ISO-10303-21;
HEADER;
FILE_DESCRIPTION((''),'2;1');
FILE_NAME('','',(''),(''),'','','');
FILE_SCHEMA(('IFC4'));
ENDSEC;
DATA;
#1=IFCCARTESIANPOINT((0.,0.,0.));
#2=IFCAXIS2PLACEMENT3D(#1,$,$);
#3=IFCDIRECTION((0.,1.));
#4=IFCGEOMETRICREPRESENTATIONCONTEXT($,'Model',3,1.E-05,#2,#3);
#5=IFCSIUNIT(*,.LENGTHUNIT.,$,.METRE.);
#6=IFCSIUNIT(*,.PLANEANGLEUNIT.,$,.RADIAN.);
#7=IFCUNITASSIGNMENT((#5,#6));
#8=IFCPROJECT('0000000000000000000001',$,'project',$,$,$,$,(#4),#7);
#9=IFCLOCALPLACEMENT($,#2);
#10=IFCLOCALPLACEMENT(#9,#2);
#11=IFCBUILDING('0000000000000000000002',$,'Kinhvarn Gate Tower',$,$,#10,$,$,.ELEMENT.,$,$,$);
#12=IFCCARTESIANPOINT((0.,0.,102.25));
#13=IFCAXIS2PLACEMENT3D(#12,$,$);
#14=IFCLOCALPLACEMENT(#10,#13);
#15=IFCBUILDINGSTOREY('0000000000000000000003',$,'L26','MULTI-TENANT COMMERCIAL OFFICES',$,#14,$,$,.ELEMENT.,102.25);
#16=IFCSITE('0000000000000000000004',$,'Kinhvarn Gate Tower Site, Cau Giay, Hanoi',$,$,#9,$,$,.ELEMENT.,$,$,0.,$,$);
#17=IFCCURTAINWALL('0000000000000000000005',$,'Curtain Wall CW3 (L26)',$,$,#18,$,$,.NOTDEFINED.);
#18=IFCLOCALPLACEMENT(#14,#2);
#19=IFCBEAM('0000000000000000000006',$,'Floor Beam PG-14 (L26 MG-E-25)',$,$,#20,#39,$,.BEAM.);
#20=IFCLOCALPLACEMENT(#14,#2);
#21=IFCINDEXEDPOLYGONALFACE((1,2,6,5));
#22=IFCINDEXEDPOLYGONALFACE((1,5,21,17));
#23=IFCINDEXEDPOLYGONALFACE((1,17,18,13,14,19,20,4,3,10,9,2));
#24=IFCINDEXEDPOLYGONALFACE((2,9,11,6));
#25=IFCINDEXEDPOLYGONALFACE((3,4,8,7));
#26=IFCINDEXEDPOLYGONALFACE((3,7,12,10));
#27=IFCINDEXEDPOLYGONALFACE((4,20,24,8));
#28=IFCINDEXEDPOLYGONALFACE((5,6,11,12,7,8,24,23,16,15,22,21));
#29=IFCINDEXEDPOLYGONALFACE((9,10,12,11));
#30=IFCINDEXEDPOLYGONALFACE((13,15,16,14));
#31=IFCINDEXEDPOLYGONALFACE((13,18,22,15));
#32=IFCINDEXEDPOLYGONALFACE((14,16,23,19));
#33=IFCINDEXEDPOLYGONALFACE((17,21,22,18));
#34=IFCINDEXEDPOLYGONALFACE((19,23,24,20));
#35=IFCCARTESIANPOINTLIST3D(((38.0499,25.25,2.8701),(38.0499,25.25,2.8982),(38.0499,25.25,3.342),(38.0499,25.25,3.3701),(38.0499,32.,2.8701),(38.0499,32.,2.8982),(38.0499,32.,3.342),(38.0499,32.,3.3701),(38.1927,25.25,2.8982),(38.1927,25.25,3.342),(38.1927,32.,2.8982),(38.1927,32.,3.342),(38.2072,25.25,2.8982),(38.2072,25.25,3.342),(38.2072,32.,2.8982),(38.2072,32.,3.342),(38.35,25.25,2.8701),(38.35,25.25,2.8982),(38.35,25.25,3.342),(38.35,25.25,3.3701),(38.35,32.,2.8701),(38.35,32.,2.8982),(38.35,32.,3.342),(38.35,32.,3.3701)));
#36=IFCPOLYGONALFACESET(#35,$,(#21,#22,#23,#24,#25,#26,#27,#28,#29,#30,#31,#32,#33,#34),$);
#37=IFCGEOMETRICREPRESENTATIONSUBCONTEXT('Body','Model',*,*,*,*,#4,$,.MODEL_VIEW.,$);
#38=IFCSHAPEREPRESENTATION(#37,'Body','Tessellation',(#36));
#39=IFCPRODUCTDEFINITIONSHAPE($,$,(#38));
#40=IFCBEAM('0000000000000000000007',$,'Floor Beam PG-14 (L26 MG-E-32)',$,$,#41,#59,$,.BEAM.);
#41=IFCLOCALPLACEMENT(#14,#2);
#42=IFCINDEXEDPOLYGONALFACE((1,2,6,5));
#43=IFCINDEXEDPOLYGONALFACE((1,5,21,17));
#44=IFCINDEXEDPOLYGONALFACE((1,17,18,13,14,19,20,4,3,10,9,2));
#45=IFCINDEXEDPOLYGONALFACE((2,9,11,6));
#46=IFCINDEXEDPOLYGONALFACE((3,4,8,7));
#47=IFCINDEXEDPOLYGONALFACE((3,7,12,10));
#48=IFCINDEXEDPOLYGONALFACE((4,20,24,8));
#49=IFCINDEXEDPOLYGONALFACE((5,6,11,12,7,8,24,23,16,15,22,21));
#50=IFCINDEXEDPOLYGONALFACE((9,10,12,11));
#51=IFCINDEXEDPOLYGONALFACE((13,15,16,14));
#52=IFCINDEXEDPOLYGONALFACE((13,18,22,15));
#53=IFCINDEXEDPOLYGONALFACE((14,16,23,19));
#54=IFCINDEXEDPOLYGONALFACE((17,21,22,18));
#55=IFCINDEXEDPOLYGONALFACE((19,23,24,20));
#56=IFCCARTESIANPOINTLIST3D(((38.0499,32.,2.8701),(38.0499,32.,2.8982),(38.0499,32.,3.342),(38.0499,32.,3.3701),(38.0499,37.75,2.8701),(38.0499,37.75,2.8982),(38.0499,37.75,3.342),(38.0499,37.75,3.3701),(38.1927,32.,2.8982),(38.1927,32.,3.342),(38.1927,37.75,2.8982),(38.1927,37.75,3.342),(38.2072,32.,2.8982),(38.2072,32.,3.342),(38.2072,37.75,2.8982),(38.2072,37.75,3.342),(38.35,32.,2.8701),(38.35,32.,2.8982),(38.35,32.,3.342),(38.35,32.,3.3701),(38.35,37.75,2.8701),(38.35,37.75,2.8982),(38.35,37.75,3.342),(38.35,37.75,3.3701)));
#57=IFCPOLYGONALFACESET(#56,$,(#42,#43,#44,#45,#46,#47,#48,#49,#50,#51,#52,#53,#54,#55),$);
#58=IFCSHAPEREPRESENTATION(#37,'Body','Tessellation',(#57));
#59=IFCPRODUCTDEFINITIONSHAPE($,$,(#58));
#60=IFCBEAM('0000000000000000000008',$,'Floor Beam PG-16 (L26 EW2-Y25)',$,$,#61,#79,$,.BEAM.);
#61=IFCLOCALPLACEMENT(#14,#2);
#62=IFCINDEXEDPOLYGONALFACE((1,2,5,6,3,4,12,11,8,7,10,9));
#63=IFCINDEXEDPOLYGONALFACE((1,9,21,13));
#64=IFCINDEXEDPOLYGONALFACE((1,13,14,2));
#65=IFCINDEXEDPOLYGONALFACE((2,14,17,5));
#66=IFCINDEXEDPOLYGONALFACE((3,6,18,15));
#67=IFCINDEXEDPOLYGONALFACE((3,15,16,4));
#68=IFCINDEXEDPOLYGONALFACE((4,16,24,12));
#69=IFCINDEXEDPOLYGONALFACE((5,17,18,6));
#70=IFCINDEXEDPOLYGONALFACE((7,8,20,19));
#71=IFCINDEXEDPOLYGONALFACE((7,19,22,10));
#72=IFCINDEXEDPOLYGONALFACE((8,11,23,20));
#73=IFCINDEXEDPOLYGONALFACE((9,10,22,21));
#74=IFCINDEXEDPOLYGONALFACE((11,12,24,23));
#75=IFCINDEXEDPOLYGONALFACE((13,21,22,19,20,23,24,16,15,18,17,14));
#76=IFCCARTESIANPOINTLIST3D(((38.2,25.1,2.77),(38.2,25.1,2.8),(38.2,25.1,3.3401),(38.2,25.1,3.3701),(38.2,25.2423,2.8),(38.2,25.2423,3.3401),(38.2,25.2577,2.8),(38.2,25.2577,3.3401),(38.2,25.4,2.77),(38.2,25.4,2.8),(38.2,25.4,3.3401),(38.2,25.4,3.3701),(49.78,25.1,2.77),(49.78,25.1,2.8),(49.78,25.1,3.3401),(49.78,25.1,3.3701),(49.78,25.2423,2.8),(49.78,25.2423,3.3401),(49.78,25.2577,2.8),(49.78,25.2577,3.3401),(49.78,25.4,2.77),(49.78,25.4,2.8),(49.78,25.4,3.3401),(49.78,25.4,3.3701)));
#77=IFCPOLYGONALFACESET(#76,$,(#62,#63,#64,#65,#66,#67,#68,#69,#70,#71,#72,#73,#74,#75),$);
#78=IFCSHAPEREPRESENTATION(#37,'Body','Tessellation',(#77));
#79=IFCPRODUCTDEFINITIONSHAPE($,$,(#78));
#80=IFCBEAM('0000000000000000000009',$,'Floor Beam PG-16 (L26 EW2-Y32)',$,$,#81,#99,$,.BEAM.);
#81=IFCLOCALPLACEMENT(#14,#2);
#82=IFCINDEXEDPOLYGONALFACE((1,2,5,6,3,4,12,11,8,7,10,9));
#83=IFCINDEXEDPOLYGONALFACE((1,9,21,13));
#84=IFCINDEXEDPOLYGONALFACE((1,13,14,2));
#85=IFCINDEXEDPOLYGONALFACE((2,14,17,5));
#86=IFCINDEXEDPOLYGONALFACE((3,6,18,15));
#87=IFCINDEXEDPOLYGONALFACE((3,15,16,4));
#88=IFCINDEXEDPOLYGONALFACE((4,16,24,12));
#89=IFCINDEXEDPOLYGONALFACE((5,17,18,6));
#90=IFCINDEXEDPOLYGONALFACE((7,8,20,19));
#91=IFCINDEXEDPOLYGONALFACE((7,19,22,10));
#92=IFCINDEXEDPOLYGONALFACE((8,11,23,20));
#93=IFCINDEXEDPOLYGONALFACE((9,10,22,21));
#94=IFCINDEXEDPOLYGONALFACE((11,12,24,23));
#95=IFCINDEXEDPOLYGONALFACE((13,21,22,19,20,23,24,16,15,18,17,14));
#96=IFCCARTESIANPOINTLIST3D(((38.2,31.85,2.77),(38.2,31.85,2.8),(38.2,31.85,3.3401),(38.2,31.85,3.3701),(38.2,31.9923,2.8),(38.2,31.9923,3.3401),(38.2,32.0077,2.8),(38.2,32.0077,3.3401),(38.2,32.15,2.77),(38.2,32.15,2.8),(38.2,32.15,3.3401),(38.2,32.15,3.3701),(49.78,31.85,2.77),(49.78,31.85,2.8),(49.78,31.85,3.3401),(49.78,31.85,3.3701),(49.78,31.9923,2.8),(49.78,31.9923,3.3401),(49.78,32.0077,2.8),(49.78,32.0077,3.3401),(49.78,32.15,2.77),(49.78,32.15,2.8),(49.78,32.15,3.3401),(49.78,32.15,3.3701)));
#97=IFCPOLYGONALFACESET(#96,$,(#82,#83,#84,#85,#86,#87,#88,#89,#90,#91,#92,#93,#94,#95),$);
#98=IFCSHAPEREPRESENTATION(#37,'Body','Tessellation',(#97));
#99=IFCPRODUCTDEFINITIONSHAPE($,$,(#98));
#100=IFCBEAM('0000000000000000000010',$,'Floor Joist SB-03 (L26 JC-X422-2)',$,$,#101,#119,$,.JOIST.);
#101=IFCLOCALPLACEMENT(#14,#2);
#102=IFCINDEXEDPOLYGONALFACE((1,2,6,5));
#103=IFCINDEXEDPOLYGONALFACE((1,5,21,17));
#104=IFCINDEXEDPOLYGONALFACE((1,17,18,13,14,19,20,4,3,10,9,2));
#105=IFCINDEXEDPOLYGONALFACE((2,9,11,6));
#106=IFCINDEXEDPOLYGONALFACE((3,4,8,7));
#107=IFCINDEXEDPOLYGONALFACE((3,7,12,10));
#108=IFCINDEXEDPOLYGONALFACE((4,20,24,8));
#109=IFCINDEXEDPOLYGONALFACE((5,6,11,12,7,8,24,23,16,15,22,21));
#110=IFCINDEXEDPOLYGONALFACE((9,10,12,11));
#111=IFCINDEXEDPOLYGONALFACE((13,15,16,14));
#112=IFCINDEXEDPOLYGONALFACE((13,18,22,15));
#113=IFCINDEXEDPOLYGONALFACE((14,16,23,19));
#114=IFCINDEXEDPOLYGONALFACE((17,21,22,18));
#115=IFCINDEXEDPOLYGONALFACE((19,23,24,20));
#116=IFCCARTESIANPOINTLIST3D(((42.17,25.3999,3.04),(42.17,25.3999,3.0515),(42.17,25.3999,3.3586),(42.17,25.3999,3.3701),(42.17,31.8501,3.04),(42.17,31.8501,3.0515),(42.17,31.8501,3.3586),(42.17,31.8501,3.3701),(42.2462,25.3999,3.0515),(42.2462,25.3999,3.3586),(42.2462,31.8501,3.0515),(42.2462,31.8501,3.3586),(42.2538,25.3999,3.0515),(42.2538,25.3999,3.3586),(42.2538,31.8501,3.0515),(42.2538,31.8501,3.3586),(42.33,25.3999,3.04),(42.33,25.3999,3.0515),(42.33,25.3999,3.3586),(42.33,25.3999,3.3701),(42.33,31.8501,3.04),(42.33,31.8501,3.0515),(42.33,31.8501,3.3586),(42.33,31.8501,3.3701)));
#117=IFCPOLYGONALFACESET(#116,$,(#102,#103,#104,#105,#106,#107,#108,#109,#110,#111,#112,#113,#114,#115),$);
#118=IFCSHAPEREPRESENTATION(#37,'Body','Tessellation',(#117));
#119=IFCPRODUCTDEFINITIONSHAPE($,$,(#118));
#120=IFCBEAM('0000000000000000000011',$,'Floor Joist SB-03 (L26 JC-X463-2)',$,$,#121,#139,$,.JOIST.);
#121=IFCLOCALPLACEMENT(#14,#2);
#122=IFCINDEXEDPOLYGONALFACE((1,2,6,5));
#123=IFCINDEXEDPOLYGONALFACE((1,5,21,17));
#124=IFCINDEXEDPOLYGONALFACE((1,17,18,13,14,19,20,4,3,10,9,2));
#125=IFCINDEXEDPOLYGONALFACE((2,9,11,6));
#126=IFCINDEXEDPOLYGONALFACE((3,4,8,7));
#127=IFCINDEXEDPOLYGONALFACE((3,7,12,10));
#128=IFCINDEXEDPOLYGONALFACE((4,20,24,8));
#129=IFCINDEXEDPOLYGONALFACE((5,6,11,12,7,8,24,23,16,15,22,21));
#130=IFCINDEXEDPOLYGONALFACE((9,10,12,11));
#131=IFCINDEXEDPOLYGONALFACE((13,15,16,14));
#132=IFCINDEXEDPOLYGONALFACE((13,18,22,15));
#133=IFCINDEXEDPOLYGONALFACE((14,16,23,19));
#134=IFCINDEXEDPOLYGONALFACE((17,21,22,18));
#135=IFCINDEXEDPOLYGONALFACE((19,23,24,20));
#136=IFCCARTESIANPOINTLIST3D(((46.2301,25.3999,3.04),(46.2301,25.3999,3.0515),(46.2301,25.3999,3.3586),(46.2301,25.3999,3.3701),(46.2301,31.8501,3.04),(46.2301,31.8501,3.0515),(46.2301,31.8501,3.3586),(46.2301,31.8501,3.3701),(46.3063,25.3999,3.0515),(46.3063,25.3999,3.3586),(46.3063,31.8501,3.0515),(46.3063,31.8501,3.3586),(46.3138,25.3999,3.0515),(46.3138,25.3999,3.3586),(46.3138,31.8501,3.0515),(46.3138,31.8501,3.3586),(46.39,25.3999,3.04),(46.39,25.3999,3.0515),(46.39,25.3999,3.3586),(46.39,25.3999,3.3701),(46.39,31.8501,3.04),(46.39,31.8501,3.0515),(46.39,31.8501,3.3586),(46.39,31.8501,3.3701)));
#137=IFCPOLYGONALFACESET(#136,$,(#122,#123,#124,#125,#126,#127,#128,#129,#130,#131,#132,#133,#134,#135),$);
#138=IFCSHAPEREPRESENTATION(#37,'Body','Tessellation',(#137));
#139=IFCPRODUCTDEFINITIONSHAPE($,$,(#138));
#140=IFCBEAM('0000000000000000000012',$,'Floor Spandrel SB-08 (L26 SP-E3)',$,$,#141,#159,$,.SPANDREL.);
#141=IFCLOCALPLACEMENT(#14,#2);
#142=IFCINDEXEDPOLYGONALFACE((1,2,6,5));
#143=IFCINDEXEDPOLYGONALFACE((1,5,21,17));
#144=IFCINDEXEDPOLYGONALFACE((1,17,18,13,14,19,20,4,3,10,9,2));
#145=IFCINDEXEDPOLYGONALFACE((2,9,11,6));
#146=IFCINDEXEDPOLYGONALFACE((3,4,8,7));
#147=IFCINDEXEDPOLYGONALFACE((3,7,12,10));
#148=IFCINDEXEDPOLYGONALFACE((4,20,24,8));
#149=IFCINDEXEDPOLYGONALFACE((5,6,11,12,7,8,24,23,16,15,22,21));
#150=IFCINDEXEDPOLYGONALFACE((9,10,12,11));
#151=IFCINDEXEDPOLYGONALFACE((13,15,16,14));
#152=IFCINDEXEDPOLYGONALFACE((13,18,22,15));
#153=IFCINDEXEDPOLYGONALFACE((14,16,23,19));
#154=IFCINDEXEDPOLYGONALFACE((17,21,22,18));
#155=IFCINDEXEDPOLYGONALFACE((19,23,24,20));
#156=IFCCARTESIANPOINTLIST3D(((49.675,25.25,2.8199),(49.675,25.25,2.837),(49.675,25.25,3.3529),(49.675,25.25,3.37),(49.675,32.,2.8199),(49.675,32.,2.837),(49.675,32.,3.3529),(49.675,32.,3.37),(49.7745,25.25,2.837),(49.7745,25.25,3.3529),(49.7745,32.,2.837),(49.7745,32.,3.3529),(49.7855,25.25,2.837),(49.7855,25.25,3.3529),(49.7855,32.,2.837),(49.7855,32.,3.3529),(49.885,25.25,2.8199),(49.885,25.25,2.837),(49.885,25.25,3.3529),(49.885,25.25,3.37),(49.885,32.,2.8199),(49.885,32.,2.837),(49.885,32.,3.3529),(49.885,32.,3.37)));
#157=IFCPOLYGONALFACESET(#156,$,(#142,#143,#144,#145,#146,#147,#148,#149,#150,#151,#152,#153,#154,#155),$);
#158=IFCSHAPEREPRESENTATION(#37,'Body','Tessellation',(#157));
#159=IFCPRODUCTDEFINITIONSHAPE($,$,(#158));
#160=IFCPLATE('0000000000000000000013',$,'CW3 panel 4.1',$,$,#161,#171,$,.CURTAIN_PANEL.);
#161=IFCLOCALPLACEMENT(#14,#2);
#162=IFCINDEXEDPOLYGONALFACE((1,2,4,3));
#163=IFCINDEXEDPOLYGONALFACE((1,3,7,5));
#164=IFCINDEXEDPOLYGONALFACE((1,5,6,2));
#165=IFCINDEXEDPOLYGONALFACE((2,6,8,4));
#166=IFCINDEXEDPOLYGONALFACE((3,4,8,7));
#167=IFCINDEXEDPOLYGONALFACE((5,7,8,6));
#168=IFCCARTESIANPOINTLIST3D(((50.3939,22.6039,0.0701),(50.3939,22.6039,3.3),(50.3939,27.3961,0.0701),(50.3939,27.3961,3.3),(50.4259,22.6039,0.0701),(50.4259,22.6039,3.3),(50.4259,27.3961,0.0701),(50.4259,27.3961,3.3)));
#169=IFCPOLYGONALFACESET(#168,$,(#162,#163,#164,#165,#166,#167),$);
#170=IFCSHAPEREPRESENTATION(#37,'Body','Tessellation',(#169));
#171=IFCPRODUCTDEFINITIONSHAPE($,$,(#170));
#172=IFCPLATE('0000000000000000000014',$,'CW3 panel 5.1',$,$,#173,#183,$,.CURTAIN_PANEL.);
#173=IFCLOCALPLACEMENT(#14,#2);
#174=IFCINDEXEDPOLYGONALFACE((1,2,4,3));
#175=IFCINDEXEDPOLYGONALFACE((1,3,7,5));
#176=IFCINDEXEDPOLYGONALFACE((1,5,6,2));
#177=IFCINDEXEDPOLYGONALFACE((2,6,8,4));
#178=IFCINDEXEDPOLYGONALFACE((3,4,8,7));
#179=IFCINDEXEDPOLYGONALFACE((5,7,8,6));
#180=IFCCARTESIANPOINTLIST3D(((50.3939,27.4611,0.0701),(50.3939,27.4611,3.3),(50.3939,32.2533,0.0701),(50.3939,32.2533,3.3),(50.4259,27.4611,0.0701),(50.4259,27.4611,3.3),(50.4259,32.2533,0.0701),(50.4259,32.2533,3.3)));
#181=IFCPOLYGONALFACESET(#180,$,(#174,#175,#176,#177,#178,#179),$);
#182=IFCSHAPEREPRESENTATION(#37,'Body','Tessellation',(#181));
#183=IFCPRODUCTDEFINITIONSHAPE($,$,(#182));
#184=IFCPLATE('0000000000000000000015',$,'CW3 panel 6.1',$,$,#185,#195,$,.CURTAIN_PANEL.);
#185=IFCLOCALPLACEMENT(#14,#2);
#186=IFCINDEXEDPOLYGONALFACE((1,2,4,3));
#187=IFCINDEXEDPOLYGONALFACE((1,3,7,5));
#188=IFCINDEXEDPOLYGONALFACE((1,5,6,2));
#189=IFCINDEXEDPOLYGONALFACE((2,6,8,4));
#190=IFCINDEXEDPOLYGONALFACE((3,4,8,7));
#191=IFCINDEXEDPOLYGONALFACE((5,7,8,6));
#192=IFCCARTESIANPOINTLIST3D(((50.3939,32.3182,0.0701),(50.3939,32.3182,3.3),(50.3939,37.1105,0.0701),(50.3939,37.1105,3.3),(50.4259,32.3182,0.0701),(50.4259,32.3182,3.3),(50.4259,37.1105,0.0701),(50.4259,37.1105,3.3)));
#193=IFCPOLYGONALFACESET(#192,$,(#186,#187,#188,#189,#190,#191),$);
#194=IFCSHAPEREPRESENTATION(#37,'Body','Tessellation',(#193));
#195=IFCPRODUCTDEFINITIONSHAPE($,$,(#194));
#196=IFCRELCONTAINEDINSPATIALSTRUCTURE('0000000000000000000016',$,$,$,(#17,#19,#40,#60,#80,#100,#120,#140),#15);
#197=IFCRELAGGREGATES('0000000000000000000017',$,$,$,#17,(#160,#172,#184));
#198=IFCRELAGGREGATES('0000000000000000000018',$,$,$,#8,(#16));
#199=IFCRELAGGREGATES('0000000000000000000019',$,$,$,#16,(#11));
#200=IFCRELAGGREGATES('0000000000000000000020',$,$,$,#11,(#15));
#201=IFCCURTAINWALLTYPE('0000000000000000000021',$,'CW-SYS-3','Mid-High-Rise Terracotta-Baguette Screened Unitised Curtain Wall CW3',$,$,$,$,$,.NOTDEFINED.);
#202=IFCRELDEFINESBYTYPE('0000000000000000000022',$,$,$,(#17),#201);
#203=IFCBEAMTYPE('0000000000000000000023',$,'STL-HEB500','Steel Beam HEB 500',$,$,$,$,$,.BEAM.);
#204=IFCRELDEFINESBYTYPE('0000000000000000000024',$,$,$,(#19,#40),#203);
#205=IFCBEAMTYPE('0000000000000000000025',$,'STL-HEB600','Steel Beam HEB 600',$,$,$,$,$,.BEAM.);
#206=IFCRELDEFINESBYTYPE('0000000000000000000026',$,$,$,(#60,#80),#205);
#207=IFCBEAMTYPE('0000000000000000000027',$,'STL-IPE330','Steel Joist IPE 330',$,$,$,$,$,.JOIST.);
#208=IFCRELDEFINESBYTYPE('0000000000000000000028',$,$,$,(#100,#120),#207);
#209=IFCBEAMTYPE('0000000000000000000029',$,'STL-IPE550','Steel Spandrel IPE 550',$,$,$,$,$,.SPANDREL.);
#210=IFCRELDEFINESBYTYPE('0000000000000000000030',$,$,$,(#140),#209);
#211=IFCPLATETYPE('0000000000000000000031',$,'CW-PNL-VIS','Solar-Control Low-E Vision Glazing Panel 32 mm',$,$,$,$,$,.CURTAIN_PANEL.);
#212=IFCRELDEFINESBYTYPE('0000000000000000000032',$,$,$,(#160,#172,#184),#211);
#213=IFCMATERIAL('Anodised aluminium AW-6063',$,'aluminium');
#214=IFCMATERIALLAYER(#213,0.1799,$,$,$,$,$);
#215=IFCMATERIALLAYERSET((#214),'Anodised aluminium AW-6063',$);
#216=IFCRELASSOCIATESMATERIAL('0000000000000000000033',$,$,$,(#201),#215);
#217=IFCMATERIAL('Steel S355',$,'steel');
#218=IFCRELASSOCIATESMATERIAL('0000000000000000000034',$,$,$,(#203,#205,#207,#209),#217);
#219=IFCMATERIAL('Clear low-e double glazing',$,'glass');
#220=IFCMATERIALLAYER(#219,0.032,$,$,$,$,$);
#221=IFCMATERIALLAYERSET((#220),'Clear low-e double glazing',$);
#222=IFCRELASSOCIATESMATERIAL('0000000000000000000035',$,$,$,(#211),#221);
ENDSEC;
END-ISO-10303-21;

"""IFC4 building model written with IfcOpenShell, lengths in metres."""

from ifc_helpers import new_model, si_unit, direction, frame, origin, origin_2d, place, context, subcontext, project, spatial, rectangle, i_section, extrude, material, layer, layer_set, material_profile, profile_set, type_object, element, aggregate, save


model = new_model("IFC4")

# Units and contexts
model_context = context("Model", 3, precision=1e-05, world=origin(), true_north=direction((0.0, 1.0)))
body_context = subcontext(model_context, "Body", "Model", "MODEL_VIEW")
ifc_project = project(units=[si_unit("LENGTHUNIT", "METRE"), si_unit("PLANEANGLEUNIT", "RADIAN")], contexts=[model_context])

# Site, building, storey
site_placement = place(None, origin())
site = spatial("IfcSite", under=ifc_project, at=site_placement, Name="Kinhvarn Gate Tower Site, Cau Giay, Hanoi", CompositionType="ELEMENT", RefElevation=0.0)
building_placement = place(site_placement, origin())
building = spatial("IfcBuilding", under=site, at=building_placement, Name="Kinhvarn Gate Tower", CompositionType="ELEMENT")
storey_placement = place(building_placement, frame((0.0, 0.0, 102.25)))
storey = spatial("IfcBuildingStorey", under=building, at=storey_placement, Name="L26", Description="MULTI-TENANT COMMERCIAL OFFICES", CompositionType="ELEMENT", Elevation=102.25)

# Curtain wall
ifc_material_1 = material(Name="Anodised aluminium AW-6063", Category="aluminium")
ifc_layer_1 = layer(ifc_material_1, 0.1799)
ifc_layer_set_1 = layer_set([ifc_layer_1], Name="Anodised aluminium AW-6063")
curtain_wall_type = type_object("IfcCurtainWallType", Name="CW-SYS-3", Description="Mid-High-Rise Terracotta-Baguette Screened Unitised Curtain Wall CW3", PredefinedType="NOTDEFINED", material=ifc_layer_set_1)
curtain_wall_placement = place(storey_placement, origin())
curtain_wall = element("IfcCurtainWall", 1, at=curtain_wall_placement, inside=storey, type_object=curtain_wall_type, Name="Curtain Wall CW3 (L26)", PredefinedType="NOTDEFINED")

# Beams
ifc_material_2 = material(Name="Steel S355", Category="steel")
ifc_material_profile_1 = material_profile(ifc_material_2, i_section(OverallWidth=0.3, OverallDepth=0.5, WebThickness=0.0144, FlangeThickness=0.0281, at=origin_2d()), Name="HEB 500")
ifc_profile_set_1 = profile_set([ifc_material_profile_1], Name="Steel S355")
beam_type_1 = type_object("IfcBeamType", Name="STL-HEB500", Description="Steel Beam HEB 500", PredefinedType="BEAM", material=ifc_profile_set_1)
beam_1_placement = place(storey_placement, frame((38.2, 25.25, 3.1201), z_axis=(0.0, 1.0, 0.0), x_axis=(-1.0, 0.0, 0.0)))
element("IfcBeam", 2, at=beam_1_placement, inside=storey, type_object=beam_type_1, Name="Floor Beam PG-14 (L26 MG-E-25)", PredefinedType="BEAM", context=body_context, shape_type="SweptSolid", body=[
    extrude(i_section(OverallWidth=0.3, OverallDepth=0.5, WebThickness=0.0144, FlangeThickness=0.0281, at=origin_2d()), origin(), (0.0, 0.0, 1.0), 6.75),
])
beam_2_placement = place(storey_placement, frame((38.2, 32.0, 3.1201), z_axis=(0.0, 1.0, 0.0), x_axis=(-1.0, 0.0, 0.0)))
element("IfcBeam", 3, at=beam_2_placement, inside=storey, type_object=beam_type_1, Name="Floor Beam PG-14 (L26 MG-E-32)", PredefinedType="BEAM", context=body_context, shape_type="SweptSolid", body=[
    extrude(i_section(OverallWidth=0.3, OverallDepth=0.5, WebThickness=0.0144, FlangeThickness=0.0281, at=origin_2d()), origin(), (0.0, 0.0, 1.0), 5.75),
])
ifc_material_profile_2 = material_profile(ifc_material_2, i_section(OverallWidth=0.3, OverallDepth=0.6001, WebThickness=0.0154, FlangeThickness=0.03, at=origin_2d()), Name="HEB 600")
ifc_profile_set_2 = profile_set([ifc_material_profile_2], Name="Steel S355")
beam_type_2 = type_object("IfcBeamType", Name="STL-HEB600", Description="Steel Beam HEB 600", PredefinedType="BEAM", material=ifc_profile_set_2)
for number, where, z_axis, x_axis, name in (
    (4, (38.2, 25.25, 3.0701), (1.0, 0.0, 0.0), (0.0, 1.0, 0.0), "Floor Beam PG-16 (L26 EW2-Y25)"),
    (5, (38.2, 32.0, 3.0701), (1.0, 0.0, 0.0), (0.0, 1.0, 0.0), "Floor Beam PG-16 (L26 EW2-Y32)"),
):
    element("IfcBeam", number, at=place(storey_placement, frame(where, z_axis=z_axis, x_axis=x_axis)), inside=storey, type_object=beam_type_2, Name=name, PredefinedType="BEAM", context=body_context, shape_type="SweptSolid", body=[
        extrude(i_section(OverallWidth=0.3, OverallDepth=0.6001, WebThickness=0.0154, FlangeThickness=0.03, at=origin_2d()), origin(), (0.0, 0.0, 1.0), 11.5801),
    ])
ifc_material_profile_3 = material_profile(ifc_material_2, i_section(OverallWidth=0.1599, OverallDepth=0.3301, WebThickness=0.0076, FlangeThickness=0.0115, at=origin_2d()), Name="IPE 330")
ifc_profile_set_3 = profile_set([ifc_material_profile_3], Name="Steel S355")
beam_type_3 = type_object("IfcBeamType", Name="STL-IPE330", Description="Steel Joist IPE 330", PredefinedType="JOIST", material=ifc_profile_set_3)
for number, where, z_axis, x_axis, name in (
    (6, (42.25, 25.3999, 3.2051), (0.0, 1.0, 0.0), (-1.0, 0.0, 0.0), "Floor Joist SB-03 (L26 JC-X422-2)"),
    (7, (46.3101, 25.3999, 3.2051), (0.0, 1.0, 0.0), (-1.0, 0.0, 0.0), "Floor Joist SB-03 (L26 JC-X463-2)"),
):
    element("IfcBeam", number, at=place(storey_placement, frame(where, z_axis=z_axis, x_axis=x_axis)), inside=storey, type_object=beam_type_3, Name=name, PredefinedType="JOIST", context=body_context, shape_type="SweptSolid", body=[
        extrude(i_section(OverallWidth=0.1599, OverallDepth=0.3301, WebThickness=0.0076, FlangeThickness=0.0115, at=origin_2d()), origin(), (0.0, 0.0, 1.0), 6.4502),
    ])
ifc_material_profile_4 = material_profile(ifc_material_2, i_section(OverallWidth=0.21, OverallDepth=0.55, WebThickness=0.011, FlangeThickness=0.0171, at=origin_2d()), Name="IPE 550")
ifc_profile_set_4 = profile_set([ifc_material_profile_4], Name="Steel S355")
beam_type_4 = type_object("IfcBeamType", Name="STL-IPE550", Description="Steel Spandrel IPE 550", PredefinedType="SPANDREL", material=ifc_profile_set_4)
beam_3_placement = place(storey_placement, frame((49.78, 25.25, 3.095), z_axis=(0.0, 1.0, 0.0), x_axis=(-1.0, 0.0, 0.0)))
element("IfcBeam", 8, at=beam_3_placement, inside=storey, type_object=beam_type_4, Name="Floor Spandrel SB-08 (L26 SP-E3)", PredefinedType="SPANDREL", context=body_context, shape_type="SweptSolid", body=[
    extrude(i_section(OverallWidth=0.21, OverallDepth=0.55, WebThickness=0.011, FlangeThickness=0.0171, at=origin_2d()), origin(), (0.0, 0.0, 1.0), 6.75),
])

# Plates
ifc_material_3 = material(Name="Clear low-e double glazing", Category="glass")
ifc_layer_2 = layer(ifc_material_3, 0.032)
ifc_layer_set_2 = layer_set([ifc_layer_2], Name="Clear low-e double glazing")
plate_type = type_object("IfcPlateType", Name="CW-PNL-VIS", Description="Solar-Control Low-E Vision Glazing Panel 32 mm", PredefinedType="CURTAIN_PANEL", material=ifc_layer_set_2)
plate_1_placement = place(storey_placement, frame((50.4099, 25.0, 0.0701), z_axis=(0.0, 0.0, 1.0), x_axis=(0.0, 1.0, 0.0)))
plate_1 = element("IfcPlate", 9, at=plate_1_placement, type_object=plate_type, Name="CW3 panel 4.1", PredefinedType="CURTAIN_PANEL", context=body_context, shape_type="SweptSolid", body=[
    extrude(rectangle(XDim=4.7922, YDim=0.032, at=origin_2d()), origin(), (0.0, 0.0, 1.0), 3.23),
])
plate_2_placement = place(storey_placement, frame((50.4099, 29.8572, 0.0701), z_axis=(0.0, 0.0, 1.0), x_axis=(0.0, 1.0, 0.0)))
plate_2 = element("IfcPlate", 10, at=plate_2_placement, type_object=plate_type, Name="CW3 panel 5.1", PredefinedType="CURTAIN_PANEL", context=body_context, shape_type="SweptSolid", body=[
    extrude(rectangle(XDim=4.7922, YDim=0.032, at=origin_2d()), origin(), (0.0, 0.0, 1.0), 3.23),
])
plate_3_placement = place(storey_placement, frame((50.4099, 34.7144, 0.0701), z_axis=(0.0, 0.0, 1.0), x_axis=(0.0, 1.0, 0.0)))
plate_3 = element("IfcPlate", 11, at=plate_3_placement, type_object=plate_type, Name="CW3 panel 6.1", PredefinedType="CURTAIN_PANEL", context=body_context, shape_type="SweptSolid", body=[
    extrude(rectangle(XDim=4.7922, YDim=0.032, at=origin_2d()), origin(), (0.0, 0.0, 1.0), 3.23),
])
aggregate(curtain_wall, [plate_1, plate_2, plate_3])

save(model, "model.ifc")
